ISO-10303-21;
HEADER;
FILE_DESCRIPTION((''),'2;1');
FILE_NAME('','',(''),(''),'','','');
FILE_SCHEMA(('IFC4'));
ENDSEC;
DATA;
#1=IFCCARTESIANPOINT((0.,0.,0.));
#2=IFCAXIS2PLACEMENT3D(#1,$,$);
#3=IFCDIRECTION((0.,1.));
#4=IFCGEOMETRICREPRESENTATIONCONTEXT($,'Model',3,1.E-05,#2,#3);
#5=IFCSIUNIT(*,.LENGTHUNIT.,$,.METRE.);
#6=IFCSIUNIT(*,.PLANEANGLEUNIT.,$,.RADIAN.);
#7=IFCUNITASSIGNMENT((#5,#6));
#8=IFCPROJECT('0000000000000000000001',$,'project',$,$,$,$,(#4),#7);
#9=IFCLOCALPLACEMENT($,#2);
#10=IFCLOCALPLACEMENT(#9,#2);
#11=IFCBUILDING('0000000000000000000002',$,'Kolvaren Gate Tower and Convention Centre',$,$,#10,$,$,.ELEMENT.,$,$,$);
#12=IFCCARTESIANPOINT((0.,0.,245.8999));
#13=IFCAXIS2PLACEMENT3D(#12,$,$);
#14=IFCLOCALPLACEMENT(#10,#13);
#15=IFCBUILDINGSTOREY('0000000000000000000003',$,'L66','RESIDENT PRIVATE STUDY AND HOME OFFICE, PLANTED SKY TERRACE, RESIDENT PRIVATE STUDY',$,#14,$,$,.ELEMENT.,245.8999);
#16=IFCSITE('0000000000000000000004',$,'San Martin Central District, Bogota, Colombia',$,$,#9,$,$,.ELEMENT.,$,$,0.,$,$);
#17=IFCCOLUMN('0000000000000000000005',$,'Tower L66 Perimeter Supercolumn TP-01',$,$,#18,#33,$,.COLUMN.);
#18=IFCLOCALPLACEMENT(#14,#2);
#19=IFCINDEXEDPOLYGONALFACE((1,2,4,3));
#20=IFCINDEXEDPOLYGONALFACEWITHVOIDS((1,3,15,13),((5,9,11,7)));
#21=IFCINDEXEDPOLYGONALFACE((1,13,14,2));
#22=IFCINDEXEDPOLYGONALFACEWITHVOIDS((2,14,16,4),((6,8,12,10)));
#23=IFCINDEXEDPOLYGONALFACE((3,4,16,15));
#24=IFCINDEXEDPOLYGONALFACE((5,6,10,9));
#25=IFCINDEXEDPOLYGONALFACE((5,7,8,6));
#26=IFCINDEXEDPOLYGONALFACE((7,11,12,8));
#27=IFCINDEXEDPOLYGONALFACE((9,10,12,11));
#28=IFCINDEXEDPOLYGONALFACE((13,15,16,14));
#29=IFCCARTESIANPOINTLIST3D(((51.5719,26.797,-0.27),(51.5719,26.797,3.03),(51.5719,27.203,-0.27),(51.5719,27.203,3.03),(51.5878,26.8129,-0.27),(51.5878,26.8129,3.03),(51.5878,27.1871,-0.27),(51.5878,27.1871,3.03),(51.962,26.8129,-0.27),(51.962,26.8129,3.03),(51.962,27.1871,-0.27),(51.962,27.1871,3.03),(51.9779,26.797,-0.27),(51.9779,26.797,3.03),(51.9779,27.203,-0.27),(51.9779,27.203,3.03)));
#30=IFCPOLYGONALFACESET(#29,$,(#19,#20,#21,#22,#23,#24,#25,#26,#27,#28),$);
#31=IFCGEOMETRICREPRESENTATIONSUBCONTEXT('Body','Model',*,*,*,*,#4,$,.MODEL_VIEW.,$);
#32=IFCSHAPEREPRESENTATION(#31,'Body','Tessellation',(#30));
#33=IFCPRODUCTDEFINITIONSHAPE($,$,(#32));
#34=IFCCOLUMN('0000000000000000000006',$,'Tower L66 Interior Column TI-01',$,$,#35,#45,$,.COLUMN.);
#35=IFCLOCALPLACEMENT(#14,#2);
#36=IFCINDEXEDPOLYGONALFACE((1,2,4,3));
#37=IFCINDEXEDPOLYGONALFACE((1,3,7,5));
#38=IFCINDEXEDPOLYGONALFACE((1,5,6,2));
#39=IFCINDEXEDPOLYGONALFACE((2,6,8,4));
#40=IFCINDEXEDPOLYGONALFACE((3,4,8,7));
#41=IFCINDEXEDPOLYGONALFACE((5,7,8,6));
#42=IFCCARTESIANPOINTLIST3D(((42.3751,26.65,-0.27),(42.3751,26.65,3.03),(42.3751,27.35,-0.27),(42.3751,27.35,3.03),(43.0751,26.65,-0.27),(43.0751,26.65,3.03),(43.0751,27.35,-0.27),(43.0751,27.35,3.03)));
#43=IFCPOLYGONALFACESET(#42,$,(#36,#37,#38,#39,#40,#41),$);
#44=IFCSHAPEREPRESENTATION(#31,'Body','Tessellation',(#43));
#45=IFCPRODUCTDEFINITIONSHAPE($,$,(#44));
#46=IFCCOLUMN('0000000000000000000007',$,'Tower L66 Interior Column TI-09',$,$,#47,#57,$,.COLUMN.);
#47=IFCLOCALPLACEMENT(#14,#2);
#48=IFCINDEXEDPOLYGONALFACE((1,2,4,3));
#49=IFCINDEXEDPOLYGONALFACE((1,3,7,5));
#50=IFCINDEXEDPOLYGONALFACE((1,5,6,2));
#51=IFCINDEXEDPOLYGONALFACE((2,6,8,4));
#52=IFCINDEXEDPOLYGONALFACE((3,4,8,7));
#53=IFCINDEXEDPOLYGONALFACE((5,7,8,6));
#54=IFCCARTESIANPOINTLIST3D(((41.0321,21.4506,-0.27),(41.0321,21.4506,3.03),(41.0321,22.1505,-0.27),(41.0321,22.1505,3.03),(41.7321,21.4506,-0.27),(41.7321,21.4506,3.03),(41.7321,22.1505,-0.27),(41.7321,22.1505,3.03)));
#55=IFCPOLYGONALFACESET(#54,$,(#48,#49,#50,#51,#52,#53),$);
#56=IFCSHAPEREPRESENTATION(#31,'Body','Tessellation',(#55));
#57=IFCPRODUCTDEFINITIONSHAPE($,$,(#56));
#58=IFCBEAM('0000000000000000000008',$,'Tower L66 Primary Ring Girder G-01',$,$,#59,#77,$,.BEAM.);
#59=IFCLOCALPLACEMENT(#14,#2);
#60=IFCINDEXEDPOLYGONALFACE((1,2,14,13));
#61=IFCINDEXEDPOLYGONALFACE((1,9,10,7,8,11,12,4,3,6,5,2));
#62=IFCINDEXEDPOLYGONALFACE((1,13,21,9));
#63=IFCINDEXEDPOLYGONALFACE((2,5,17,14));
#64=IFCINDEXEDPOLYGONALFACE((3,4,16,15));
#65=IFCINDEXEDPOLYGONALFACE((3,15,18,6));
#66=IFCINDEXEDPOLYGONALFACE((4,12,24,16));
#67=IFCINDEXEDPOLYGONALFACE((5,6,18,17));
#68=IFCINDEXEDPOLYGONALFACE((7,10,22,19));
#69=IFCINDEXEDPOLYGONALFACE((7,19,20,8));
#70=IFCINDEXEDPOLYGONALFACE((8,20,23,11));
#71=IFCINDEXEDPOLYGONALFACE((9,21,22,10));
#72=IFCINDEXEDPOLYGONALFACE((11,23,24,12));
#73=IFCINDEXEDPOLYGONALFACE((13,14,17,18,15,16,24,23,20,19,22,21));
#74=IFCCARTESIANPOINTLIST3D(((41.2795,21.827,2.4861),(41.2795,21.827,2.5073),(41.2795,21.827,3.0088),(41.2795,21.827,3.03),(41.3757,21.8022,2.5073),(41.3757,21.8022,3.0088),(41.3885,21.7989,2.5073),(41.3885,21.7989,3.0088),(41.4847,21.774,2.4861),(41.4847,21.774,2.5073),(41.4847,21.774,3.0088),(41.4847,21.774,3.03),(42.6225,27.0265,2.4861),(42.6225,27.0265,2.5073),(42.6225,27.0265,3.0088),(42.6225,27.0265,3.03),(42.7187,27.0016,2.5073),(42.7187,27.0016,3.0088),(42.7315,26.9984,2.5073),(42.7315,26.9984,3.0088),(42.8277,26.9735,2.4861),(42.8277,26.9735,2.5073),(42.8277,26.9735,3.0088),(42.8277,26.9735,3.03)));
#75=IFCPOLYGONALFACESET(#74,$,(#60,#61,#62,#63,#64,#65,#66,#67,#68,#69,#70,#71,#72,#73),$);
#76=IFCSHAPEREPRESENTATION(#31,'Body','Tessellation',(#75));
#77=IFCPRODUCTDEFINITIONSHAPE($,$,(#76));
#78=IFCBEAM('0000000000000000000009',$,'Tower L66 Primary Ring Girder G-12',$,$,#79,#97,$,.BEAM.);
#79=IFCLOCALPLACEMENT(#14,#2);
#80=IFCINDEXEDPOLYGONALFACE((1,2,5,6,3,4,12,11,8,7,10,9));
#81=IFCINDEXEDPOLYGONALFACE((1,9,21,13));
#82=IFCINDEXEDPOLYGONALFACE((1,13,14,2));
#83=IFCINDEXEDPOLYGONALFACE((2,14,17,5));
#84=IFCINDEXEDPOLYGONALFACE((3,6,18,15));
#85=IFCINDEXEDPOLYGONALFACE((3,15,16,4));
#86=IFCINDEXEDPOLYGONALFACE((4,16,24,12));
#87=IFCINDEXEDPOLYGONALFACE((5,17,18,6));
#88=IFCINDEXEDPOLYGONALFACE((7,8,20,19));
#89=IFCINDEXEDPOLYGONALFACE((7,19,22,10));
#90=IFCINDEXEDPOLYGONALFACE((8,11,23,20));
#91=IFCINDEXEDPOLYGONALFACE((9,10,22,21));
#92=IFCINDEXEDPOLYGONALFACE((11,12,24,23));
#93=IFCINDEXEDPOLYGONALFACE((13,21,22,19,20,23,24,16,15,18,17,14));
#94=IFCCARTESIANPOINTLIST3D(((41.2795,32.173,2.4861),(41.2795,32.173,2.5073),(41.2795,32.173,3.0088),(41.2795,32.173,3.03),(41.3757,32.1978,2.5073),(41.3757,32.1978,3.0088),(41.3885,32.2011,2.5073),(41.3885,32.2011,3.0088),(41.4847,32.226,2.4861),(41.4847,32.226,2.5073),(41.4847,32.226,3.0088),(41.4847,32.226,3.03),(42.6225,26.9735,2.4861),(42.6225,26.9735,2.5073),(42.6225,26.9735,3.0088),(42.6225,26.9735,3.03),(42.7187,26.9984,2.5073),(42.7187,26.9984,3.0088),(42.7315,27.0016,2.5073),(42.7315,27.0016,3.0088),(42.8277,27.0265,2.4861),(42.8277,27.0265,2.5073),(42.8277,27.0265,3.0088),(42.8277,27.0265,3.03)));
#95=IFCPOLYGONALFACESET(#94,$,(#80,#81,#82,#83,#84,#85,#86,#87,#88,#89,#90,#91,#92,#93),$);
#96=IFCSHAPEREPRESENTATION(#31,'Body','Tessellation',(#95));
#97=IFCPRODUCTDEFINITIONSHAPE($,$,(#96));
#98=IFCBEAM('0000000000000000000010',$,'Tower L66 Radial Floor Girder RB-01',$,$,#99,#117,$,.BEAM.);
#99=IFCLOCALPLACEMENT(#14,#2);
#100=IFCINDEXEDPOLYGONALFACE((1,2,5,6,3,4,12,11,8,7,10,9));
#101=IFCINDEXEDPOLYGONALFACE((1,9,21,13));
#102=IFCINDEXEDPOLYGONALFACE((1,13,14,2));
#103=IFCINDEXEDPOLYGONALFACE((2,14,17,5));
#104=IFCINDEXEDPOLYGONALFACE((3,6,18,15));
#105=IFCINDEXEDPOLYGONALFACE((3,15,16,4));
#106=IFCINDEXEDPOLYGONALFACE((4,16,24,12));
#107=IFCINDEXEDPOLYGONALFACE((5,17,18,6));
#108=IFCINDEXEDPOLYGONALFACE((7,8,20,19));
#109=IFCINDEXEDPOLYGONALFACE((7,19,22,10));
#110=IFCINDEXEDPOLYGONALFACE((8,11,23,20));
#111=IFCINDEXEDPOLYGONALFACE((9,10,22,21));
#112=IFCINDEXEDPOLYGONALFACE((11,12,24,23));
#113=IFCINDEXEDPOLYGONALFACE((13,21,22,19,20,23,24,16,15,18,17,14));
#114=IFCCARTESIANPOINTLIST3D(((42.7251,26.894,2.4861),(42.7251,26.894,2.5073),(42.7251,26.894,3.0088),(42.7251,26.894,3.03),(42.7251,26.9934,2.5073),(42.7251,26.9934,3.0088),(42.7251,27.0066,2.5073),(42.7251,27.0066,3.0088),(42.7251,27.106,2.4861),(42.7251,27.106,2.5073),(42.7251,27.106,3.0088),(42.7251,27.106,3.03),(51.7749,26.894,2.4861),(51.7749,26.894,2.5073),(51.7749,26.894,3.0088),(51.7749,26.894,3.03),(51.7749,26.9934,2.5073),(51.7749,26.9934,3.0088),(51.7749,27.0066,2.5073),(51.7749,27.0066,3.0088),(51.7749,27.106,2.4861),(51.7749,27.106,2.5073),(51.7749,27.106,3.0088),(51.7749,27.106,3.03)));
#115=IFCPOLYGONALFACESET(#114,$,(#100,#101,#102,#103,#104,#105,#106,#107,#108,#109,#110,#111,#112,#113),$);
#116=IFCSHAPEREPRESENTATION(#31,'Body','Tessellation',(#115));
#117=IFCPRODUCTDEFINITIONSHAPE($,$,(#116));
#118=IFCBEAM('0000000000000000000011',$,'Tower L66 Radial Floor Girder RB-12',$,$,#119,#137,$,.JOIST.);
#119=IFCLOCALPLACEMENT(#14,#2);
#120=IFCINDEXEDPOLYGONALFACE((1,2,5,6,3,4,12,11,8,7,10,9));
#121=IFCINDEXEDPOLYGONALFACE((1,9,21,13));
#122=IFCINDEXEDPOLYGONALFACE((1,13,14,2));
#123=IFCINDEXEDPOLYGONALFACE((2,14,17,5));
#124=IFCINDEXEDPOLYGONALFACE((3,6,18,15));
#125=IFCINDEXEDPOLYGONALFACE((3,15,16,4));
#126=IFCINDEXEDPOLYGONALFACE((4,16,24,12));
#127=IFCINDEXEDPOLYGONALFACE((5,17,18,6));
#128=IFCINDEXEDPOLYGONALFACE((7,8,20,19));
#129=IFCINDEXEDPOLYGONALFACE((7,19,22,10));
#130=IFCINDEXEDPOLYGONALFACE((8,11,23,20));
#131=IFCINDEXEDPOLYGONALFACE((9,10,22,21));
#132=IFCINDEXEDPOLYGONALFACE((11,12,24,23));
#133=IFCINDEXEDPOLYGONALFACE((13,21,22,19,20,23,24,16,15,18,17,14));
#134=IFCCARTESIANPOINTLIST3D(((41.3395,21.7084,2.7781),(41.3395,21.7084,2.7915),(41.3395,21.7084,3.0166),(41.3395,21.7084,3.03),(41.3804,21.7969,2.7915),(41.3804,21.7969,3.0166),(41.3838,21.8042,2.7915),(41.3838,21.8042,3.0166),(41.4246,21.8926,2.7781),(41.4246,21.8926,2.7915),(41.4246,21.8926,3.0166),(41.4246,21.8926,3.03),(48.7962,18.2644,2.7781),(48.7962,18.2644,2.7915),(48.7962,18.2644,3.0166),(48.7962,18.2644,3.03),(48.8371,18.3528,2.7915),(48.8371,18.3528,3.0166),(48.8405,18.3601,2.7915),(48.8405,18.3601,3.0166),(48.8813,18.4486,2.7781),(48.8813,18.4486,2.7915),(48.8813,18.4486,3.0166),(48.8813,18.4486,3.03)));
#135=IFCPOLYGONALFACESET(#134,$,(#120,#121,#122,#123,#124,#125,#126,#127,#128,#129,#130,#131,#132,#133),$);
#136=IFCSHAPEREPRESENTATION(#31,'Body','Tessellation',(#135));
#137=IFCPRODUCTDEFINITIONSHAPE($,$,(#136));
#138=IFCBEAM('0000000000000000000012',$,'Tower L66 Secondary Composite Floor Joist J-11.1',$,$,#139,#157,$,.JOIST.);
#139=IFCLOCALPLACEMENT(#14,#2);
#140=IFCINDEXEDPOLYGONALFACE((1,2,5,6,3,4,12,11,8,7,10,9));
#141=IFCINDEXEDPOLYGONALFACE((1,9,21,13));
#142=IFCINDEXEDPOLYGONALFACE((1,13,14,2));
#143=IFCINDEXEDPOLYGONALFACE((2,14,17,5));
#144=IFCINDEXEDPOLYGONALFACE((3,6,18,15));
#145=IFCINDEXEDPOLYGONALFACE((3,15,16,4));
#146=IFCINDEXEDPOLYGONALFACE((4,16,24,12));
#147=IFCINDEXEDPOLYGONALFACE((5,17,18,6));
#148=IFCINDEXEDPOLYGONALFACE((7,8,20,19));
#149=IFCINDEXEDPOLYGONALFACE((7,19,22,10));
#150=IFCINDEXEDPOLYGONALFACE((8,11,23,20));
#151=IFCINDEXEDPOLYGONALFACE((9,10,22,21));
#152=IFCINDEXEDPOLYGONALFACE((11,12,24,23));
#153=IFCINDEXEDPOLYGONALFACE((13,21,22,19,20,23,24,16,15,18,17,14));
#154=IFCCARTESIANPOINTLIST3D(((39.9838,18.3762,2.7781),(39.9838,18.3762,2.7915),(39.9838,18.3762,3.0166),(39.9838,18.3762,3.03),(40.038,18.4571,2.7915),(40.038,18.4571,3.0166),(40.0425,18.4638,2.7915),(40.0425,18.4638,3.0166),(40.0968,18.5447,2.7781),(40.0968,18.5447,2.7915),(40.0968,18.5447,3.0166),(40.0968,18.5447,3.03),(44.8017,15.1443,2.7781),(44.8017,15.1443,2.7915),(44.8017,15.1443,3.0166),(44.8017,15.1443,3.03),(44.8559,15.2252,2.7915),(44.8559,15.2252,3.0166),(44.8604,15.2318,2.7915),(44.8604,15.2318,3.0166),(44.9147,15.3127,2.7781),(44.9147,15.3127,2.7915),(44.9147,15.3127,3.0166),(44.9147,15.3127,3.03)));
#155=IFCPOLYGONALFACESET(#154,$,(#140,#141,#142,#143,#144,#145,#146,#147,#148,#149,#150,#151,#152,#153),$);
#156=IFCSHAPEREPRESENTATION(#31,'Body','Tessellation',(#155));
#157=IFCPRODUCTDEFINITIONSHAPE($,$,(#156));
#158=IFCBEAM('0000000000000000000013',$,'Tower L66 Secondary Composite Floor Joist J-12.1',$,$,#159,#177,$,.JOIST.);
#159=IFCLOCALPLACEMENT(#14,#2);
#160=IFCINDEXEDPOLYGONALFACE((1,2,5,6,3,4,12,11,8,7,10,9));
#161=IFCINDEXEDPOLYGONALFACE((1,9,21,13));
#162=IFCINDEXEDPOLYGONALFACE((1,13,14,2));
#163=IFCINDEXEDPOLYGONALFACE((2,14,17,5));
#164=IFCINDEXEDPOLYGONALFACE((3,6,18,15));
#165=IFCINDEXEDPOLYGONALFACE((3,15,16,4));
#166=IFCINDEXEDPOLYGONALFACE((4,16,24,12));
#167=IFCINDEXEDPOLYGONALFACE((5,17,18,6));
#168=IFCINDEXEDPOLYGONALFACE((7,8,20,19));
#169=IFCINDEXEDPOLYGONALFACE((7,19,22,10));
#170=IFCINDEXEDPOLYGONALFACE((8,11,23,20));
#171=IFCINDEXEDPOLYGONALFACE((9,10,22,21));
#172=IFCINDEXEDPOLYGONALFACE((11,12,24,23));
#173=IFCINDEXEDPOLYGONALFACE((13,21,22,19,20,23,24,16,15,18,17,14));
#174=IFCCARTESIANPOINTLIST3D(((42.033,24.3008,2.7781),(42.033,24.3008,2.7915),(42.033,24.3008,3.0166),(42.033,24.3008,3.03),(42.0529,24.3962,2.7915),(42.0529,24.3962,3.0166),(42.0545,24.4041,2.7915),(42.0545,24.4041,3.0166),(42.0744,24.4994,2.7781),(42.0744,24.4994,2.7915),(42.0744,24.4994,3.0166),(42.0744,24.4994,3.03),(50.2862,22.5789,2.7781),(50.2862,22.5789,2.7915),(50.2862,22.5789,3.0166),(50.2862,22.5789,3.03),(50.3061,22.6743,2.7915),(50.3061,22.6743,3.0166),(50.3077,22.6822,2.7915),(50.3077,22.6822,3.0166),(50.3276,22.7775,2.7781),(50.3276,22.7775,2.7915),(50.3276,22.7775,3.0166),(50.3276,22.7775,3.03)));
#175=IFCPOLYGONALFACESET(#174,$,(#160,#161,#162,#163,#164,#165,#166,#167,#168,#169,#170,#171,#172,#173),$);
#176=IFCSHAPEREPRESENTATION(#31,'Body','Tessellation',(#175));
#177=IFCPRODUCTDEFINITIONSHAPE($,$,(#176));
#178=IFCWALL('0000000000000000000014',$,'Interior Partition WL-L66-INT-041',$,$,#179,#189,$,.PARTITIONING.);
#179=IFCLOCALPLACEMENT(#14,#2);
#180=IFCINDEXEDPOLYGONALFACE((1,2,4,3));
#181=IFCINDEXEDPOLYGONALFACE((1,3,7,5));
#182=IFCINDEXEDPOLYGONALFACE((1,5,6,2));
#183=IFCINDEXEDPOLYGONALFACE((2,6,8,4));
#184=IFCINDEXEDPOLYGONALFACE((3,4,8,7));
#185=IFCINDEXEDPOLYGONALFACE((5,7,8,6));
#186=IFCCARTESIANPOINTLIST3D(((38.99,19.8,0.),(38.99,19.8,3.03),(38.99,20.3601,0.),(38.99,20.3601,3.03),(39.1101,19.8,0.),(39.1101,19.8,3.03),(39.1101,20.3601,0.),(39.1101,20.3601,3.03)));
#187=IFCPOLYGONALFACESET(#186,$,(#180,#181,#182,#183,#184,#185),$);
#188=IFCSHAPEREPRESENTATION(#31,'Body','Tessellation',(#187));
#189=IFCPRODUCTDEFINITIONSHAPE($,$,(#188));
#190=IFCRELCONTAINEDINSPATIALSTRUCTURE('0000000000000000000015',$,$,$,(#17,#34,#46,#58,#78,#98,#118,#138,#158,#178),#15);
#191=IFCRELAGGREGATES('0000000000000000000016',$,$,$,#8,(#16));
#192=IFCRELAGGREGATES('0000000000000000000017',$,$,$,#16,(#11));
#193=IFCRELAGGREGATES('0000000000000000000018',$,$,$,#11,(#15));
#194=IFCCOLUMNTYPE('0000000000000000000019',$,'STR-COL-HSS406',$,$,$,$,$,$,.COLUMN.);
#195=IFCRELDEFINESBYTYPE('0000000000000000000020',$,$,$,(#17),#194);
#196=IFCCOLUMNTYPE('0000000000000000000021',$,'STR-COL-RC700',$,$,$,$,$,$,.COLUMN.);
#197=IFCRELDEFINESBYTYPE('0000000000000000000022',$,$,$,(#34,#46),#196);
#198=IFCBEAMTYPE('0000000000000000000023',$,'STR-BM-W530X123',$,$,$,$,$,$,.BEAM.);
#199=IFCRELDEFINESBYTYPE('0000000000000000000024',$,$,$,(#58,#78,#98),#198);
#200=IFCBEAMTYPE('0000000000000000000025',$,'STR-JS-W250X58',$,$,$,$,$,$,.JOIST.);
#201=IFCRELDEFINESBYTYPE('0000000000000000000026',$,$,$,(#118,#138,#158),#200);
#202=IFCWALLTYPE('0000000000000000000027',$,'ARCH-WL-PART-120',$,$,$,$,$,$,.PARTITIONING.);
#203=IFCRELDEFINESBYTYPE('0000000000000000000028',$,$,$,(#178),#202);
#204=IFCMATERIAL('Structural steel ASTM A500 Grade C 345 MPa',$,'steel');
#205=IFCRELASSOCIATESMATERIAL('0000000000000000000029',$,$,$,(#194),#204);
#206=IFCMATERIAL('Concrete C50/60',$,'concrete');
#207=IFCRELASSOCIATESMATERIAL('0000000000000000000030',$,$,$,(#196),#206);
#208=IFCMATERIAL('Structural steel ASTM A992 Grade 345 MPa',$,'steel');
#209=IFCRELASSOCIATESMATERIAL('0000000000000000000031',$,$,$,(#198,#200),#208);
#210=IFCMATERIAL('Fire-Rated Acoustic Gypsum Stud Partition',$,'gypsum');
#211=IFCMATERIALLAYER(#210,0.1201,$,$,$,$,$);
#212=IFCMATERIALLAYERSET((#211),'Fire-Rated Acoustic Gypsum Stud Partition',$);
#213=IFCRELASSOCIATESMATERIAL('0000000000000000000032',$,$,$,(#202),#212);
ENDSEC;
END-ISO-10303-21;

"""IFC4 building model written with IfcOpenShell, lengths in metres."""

from ifc_helpers import new_model, si_unit, direction, frame, frame_2d, origin, origin_2d, place, context, subcontext, project, spatial, rectangle, hollow_rectangle, i_section, extrude, material, layer, layer_set, material_profile, profile_set, type_object, element, save


model = new_model("IFC4")

# Units and contexts
model_context = context("Model", 3, precision=1e-05, world=origin(), true_north=direction((0.0, 1.0)))
body_context = subcontext(model_context, "Body", "Model", "MODEL_VIEW")
ifc_project = project(units=[si_unit("LENGTHUNIT", "METRE"), si_unit("PLANEANGLEUNIT", "RADIAN")], contexts=[model_context])

# Site, building, storey
site_placement = place(None, origin())
site = spatial("IfcSite", under=ifc_project, at=site_placement, Name="San Martin Central District, Bogota, Colombia", CompositionType="ELEMENT", RefElevation=0.0)
building_placement = place(site_placement, origin())
building = spatial("IfcBuilding", under=site, at=building_placement, Name="Kolvaren Gate Tower and Convention Centre", CompositionType="ELEMENT")
storey_placement = place(building_placement, frame((0.0, 0.0, 245.8999)))
storey = spatial("IfcBuildingStorey", under=building, at=storey_placement, Name="L66", Description="RESIDENT PRIVATE STUDY AND HOME OFFICE, PLANTED SKY TERRACE, RESIDENT PRIVATE STUDY", CompositionType="ELEMENT", Elevation=245.8999)

# Columns
ifc_material_1 = material(Name="Structural steel ASTM A500 Grade C 345 MPa", Category="steel")
ifc_material_profile_1 = material_profile(ifc_material_1, hollow_rectangle(XDim=0.406, YDim=0.406, WallThickness=0.0159, at=origin_2d()), Name="HSS406X406X15.9")
ifc_profile_set_1 = profile_set([ifc_material_profile_1], Name="Structural steel ASTM A500 Grade C 345 MPa")
column_type_1 = type_object("IfcColumnType", Name="STR-COL-HSS406", PredefinedType="COLUMN", material=ifc_profile_set_1)
column_placement = place(storey_placement, frame((51.7749, 27.0, -0.27), z_axis=(0.0, 0.0, 1.0), x_axis=(1.0, 0.0, 0.0)))
element("IfcColumn", 1, at=column_placement, inside=storey, type_object=column_type_1, Name="Tower L66 Perimeter Supercolumn TP-01", PredefinedType="COLUMN", context=body_context, shape_type="SweptSolid", body=[
    extrude(hollow_rectangle(XDim=0.406, YDim=0.406, WallThickness=0.0159, at=origin_2d()), origin(), (0.0, 0.0, 1.0), 3.3),
])
ifc_material_2 = material(Name="Concrete C50/60", Category="concrete")
ifc_material_profile_2 = material_profile(ifc_material_2, rectangle(XDim=0.7, YDim=0.7, at=origin_2d()), Name="RC-COL-700X700")
ifc_profile_set_2 = profile_set([ifc_material_profile_2], Name="Concrete C50/60")
column_type_2 = type_object("IfcColumnType", Name="STR-COL-RC700", PredefinedType="COLUMN", material=ifc_profile_set_2)
for number, where, z_axis, x_axis, name in (
    (2, (42.7251, 27.0, -0.27), (0.0, 0.0, 1.0), (1.0, 0.0, 0.0), "Tower L66 Interior Column TI-01"),
    (3, (41.3821, 21.8005, -0.27), (0.0, 0.0, 1.0), (1.0, 0.0, 0.0), "Tower L66 Interior Column TI-09"),
):
    element("IfcColumn", number, at=place(storey_placement, frame(where, z_axis=z_axis, x_axis=x_axis)), inside=storey, type_object=column_type_2, Name=name, PredefinedType="COLUMN", context=body_context, shape_type="SweptSolid", body=[
        extrude(rectangle(XDim=0.7, YDim=0.7, at=origin_2d()), origin(), (0.0, 0.0, 1.0), 3.3),
    ])

# Beams
ifc_material_3 = material(Name="Structural steel ASTM A992 Grade 345 MPa", Category="steel")
ifc_material_profile_3 = material_profile(ifc_material_3, i_section(OverallWidth=0.2119, OverallDepth=0.5439, WebThickness=0.0132, FlangeThickness=0.0212, at=origin_2d()), Name="W530X123")
ifc_profile_set_3 = profile_set([ifc_material_profile_3], Name="Structural steel ASTM A992 Grade 345 MPa")
beam_type_1 = type_object("IfcBeamType", Name="STR-BM-W530X123", PredefinedType="BEAM", material=ifc_profile_set_3)
for number, where, z_axis, x_axis, name in (
    (4, (42.7251, 27.0, 2.7581), (-0.250091, -0.968222, 0.0), (0.968222, -0.250091, 0.0), "Tower L66 Primary Ring Girder G-01"),
    (5, (42.7251, 27.0, 2.7581), (-0.250091, 0.968222, 0.0), (-0.968222, -0.250091, 0.0), "Tower L66 Primary Ring Girder G-12"),
):
    element("IfcBeam", number, at=place(storey_placement, frame(where, z_axis=z_axis, x_axis=x_axis)), inside=storey, type_object=beam_type_1, Name=name, PredefinedType="BEAM", context=body_context, shape_type="SweptSolid", body=[
        extrude(i_section(OverallWidth=0.2119, OverallDepth=0.5439, WebThickness=0.0132, FlangeThickness=0.0212, at=origin_2d()), origin(), (0.0, 0.0, 1.0), 5.3701),
    ])
beam_1_placement = place(storey_placement, frame((42.7251, 27.0, 2.7581), z_axis=(1.0, 0.0, 0.0), x_axis=(0.0, 1.0, 0.0)))
element("IfcBeam", 6, at=beam_1_placement, inside=storey, type_object=beam_type_1, Name="Tower L66 Radial Floor Girder RB-01", PredefinedType="BEAM", context=body_context, shape_type="SweptSolid", body=[
    extrude(i_section(OverallWidth=0.2119, OverallDepth=0.5439, WebThickness=0.0132, FlangeThickness=0.0212, at=origin_2d()), origin(), (0.0, 0.0, 1.0), 9.0498),
])
ifc_material_profile_4 = material_profile(ifc_material_3, i_section(OverallWidth=0.2029, OverallDepth=0.252, WebThickness=0.0081, FlangeThickness=0.0134, at=origin_2d()), Name="W250X58")
ifc_profile_set_4 = profile_set([ifc_material_profile_4], Name="Structural steel ASTM A992 Grade 345 MPa")
beam_type_2 = type_object("IfcBeamType", Name="STR-JS-W250X58", PredefinedType="JOIST", material=ifc_profile_set_4)
beam_2_placement = place(storey_placement, frame((41.3821, 21.8005, 2.9041), z_axis=(0.907844, -0.419309, 0.0), x_axis=(0.419309, 0.907844, 0.0)))
element("IfcBeam", 7, at=beam_2_placement, inside=storey, type_object=beam_type_2, Name="Tower L66 Radial Floor Girder RB-12", PredefinedType="JOIST", context=body_context, shape_type="SweptSolid", body=[
    extrude(i_section(OverallWidth=0.2029, OverallDepth=0.252, WebThickness=0.0081, FlangeThickness=0.0134, at=origin_2d()), origin(), (0.0, 0.0, 1.0), 8.2136),
])
beam_3_placement = place(storey_placement, frame((40.0403, 18.4604, 2.9041), z_axis=(0.830454, -0.557087, 0.0), x_axis=(0.557087, 0.830454, 0.0)))
element("IfcBeam", 8, at=beam_3_placement, inside=storey, type_object=beam_type_2, Name="Tower L66 Secondary Composite Floor Joist J-11.1", PredefinedType="JOIST", context=body_context, shape_type="SweptSolid", body=[
    extrude(i_section(OverallWidth=0.2029, OverallDepth=0.252, WebThickness=0.0081, FlangeThickness=0.0134, at=origin_2d()), origin(), (0.0, 0.0, 1.0), 5.8015),
])
beam_4_placement = place(storey_placement, frame((42.0537, 24.4001, 2.9041), z_axis=(0.978921, -0.20424, 0.0), x_axis=(0.20424, 0.978921, 0.0)))
element("IfcBeam", 9, at=beam_4_placement, inside=storey, type_object=beam_type_2, Name="Tower L66 Secondary Composite Floor Joist J-12.1", PredefinedType="JOIST", context=body_context, shape_type="SweptSolid", body=[
    extrude(i_section(OverallWidth=0.2029, OverallDepth=0.252, WebThickness=0.0081, FlangeThickness=0.0134, at=origin_2d()), origin(), (0.0, 0.0, 1.0), 8.4309),
])

# Wall
ifc_material_4 = material(Name="Fire-Rated Acoustic Gypsum Stud Partition", Category="gypsum")
ifc_layer_1 = layer(ifc_material_4, 0.1201)
ifc_layer_set_1 = layer_set([ifc_layer_1], Name="Fire-Rated Acoustic Gypsum Stud Partition")
wall_type_1 = type_object("IfcWallType", Name="ARCH-WL-PART-120", PredefinedType="PARTITIONING", material=ifc_layer_set_1)
wall_1_placement = place(storey_placement, frame((39.05, 19.8, 0.0), z_axis=(0.0, 0.0, 1.0), x_axis=(0.0, 1.0, 0.0)))
element("IfcWall", 10, at=wall_1_placement, inside=storey, type_object=wall_type_1, Name="Interior Partition WL-L66-INT-041", PredefinedType="PARTITIONING", context=body_context, shape_type="SweptSolid", body=[
    extrude(rectangle(XDim=0.5601, YDim=0.1201, at=frame_2d((0.28, 0.0))), origin(), (0.0, 0.0, 1.0), 3.03),
])

save(model, "model.ifc")
